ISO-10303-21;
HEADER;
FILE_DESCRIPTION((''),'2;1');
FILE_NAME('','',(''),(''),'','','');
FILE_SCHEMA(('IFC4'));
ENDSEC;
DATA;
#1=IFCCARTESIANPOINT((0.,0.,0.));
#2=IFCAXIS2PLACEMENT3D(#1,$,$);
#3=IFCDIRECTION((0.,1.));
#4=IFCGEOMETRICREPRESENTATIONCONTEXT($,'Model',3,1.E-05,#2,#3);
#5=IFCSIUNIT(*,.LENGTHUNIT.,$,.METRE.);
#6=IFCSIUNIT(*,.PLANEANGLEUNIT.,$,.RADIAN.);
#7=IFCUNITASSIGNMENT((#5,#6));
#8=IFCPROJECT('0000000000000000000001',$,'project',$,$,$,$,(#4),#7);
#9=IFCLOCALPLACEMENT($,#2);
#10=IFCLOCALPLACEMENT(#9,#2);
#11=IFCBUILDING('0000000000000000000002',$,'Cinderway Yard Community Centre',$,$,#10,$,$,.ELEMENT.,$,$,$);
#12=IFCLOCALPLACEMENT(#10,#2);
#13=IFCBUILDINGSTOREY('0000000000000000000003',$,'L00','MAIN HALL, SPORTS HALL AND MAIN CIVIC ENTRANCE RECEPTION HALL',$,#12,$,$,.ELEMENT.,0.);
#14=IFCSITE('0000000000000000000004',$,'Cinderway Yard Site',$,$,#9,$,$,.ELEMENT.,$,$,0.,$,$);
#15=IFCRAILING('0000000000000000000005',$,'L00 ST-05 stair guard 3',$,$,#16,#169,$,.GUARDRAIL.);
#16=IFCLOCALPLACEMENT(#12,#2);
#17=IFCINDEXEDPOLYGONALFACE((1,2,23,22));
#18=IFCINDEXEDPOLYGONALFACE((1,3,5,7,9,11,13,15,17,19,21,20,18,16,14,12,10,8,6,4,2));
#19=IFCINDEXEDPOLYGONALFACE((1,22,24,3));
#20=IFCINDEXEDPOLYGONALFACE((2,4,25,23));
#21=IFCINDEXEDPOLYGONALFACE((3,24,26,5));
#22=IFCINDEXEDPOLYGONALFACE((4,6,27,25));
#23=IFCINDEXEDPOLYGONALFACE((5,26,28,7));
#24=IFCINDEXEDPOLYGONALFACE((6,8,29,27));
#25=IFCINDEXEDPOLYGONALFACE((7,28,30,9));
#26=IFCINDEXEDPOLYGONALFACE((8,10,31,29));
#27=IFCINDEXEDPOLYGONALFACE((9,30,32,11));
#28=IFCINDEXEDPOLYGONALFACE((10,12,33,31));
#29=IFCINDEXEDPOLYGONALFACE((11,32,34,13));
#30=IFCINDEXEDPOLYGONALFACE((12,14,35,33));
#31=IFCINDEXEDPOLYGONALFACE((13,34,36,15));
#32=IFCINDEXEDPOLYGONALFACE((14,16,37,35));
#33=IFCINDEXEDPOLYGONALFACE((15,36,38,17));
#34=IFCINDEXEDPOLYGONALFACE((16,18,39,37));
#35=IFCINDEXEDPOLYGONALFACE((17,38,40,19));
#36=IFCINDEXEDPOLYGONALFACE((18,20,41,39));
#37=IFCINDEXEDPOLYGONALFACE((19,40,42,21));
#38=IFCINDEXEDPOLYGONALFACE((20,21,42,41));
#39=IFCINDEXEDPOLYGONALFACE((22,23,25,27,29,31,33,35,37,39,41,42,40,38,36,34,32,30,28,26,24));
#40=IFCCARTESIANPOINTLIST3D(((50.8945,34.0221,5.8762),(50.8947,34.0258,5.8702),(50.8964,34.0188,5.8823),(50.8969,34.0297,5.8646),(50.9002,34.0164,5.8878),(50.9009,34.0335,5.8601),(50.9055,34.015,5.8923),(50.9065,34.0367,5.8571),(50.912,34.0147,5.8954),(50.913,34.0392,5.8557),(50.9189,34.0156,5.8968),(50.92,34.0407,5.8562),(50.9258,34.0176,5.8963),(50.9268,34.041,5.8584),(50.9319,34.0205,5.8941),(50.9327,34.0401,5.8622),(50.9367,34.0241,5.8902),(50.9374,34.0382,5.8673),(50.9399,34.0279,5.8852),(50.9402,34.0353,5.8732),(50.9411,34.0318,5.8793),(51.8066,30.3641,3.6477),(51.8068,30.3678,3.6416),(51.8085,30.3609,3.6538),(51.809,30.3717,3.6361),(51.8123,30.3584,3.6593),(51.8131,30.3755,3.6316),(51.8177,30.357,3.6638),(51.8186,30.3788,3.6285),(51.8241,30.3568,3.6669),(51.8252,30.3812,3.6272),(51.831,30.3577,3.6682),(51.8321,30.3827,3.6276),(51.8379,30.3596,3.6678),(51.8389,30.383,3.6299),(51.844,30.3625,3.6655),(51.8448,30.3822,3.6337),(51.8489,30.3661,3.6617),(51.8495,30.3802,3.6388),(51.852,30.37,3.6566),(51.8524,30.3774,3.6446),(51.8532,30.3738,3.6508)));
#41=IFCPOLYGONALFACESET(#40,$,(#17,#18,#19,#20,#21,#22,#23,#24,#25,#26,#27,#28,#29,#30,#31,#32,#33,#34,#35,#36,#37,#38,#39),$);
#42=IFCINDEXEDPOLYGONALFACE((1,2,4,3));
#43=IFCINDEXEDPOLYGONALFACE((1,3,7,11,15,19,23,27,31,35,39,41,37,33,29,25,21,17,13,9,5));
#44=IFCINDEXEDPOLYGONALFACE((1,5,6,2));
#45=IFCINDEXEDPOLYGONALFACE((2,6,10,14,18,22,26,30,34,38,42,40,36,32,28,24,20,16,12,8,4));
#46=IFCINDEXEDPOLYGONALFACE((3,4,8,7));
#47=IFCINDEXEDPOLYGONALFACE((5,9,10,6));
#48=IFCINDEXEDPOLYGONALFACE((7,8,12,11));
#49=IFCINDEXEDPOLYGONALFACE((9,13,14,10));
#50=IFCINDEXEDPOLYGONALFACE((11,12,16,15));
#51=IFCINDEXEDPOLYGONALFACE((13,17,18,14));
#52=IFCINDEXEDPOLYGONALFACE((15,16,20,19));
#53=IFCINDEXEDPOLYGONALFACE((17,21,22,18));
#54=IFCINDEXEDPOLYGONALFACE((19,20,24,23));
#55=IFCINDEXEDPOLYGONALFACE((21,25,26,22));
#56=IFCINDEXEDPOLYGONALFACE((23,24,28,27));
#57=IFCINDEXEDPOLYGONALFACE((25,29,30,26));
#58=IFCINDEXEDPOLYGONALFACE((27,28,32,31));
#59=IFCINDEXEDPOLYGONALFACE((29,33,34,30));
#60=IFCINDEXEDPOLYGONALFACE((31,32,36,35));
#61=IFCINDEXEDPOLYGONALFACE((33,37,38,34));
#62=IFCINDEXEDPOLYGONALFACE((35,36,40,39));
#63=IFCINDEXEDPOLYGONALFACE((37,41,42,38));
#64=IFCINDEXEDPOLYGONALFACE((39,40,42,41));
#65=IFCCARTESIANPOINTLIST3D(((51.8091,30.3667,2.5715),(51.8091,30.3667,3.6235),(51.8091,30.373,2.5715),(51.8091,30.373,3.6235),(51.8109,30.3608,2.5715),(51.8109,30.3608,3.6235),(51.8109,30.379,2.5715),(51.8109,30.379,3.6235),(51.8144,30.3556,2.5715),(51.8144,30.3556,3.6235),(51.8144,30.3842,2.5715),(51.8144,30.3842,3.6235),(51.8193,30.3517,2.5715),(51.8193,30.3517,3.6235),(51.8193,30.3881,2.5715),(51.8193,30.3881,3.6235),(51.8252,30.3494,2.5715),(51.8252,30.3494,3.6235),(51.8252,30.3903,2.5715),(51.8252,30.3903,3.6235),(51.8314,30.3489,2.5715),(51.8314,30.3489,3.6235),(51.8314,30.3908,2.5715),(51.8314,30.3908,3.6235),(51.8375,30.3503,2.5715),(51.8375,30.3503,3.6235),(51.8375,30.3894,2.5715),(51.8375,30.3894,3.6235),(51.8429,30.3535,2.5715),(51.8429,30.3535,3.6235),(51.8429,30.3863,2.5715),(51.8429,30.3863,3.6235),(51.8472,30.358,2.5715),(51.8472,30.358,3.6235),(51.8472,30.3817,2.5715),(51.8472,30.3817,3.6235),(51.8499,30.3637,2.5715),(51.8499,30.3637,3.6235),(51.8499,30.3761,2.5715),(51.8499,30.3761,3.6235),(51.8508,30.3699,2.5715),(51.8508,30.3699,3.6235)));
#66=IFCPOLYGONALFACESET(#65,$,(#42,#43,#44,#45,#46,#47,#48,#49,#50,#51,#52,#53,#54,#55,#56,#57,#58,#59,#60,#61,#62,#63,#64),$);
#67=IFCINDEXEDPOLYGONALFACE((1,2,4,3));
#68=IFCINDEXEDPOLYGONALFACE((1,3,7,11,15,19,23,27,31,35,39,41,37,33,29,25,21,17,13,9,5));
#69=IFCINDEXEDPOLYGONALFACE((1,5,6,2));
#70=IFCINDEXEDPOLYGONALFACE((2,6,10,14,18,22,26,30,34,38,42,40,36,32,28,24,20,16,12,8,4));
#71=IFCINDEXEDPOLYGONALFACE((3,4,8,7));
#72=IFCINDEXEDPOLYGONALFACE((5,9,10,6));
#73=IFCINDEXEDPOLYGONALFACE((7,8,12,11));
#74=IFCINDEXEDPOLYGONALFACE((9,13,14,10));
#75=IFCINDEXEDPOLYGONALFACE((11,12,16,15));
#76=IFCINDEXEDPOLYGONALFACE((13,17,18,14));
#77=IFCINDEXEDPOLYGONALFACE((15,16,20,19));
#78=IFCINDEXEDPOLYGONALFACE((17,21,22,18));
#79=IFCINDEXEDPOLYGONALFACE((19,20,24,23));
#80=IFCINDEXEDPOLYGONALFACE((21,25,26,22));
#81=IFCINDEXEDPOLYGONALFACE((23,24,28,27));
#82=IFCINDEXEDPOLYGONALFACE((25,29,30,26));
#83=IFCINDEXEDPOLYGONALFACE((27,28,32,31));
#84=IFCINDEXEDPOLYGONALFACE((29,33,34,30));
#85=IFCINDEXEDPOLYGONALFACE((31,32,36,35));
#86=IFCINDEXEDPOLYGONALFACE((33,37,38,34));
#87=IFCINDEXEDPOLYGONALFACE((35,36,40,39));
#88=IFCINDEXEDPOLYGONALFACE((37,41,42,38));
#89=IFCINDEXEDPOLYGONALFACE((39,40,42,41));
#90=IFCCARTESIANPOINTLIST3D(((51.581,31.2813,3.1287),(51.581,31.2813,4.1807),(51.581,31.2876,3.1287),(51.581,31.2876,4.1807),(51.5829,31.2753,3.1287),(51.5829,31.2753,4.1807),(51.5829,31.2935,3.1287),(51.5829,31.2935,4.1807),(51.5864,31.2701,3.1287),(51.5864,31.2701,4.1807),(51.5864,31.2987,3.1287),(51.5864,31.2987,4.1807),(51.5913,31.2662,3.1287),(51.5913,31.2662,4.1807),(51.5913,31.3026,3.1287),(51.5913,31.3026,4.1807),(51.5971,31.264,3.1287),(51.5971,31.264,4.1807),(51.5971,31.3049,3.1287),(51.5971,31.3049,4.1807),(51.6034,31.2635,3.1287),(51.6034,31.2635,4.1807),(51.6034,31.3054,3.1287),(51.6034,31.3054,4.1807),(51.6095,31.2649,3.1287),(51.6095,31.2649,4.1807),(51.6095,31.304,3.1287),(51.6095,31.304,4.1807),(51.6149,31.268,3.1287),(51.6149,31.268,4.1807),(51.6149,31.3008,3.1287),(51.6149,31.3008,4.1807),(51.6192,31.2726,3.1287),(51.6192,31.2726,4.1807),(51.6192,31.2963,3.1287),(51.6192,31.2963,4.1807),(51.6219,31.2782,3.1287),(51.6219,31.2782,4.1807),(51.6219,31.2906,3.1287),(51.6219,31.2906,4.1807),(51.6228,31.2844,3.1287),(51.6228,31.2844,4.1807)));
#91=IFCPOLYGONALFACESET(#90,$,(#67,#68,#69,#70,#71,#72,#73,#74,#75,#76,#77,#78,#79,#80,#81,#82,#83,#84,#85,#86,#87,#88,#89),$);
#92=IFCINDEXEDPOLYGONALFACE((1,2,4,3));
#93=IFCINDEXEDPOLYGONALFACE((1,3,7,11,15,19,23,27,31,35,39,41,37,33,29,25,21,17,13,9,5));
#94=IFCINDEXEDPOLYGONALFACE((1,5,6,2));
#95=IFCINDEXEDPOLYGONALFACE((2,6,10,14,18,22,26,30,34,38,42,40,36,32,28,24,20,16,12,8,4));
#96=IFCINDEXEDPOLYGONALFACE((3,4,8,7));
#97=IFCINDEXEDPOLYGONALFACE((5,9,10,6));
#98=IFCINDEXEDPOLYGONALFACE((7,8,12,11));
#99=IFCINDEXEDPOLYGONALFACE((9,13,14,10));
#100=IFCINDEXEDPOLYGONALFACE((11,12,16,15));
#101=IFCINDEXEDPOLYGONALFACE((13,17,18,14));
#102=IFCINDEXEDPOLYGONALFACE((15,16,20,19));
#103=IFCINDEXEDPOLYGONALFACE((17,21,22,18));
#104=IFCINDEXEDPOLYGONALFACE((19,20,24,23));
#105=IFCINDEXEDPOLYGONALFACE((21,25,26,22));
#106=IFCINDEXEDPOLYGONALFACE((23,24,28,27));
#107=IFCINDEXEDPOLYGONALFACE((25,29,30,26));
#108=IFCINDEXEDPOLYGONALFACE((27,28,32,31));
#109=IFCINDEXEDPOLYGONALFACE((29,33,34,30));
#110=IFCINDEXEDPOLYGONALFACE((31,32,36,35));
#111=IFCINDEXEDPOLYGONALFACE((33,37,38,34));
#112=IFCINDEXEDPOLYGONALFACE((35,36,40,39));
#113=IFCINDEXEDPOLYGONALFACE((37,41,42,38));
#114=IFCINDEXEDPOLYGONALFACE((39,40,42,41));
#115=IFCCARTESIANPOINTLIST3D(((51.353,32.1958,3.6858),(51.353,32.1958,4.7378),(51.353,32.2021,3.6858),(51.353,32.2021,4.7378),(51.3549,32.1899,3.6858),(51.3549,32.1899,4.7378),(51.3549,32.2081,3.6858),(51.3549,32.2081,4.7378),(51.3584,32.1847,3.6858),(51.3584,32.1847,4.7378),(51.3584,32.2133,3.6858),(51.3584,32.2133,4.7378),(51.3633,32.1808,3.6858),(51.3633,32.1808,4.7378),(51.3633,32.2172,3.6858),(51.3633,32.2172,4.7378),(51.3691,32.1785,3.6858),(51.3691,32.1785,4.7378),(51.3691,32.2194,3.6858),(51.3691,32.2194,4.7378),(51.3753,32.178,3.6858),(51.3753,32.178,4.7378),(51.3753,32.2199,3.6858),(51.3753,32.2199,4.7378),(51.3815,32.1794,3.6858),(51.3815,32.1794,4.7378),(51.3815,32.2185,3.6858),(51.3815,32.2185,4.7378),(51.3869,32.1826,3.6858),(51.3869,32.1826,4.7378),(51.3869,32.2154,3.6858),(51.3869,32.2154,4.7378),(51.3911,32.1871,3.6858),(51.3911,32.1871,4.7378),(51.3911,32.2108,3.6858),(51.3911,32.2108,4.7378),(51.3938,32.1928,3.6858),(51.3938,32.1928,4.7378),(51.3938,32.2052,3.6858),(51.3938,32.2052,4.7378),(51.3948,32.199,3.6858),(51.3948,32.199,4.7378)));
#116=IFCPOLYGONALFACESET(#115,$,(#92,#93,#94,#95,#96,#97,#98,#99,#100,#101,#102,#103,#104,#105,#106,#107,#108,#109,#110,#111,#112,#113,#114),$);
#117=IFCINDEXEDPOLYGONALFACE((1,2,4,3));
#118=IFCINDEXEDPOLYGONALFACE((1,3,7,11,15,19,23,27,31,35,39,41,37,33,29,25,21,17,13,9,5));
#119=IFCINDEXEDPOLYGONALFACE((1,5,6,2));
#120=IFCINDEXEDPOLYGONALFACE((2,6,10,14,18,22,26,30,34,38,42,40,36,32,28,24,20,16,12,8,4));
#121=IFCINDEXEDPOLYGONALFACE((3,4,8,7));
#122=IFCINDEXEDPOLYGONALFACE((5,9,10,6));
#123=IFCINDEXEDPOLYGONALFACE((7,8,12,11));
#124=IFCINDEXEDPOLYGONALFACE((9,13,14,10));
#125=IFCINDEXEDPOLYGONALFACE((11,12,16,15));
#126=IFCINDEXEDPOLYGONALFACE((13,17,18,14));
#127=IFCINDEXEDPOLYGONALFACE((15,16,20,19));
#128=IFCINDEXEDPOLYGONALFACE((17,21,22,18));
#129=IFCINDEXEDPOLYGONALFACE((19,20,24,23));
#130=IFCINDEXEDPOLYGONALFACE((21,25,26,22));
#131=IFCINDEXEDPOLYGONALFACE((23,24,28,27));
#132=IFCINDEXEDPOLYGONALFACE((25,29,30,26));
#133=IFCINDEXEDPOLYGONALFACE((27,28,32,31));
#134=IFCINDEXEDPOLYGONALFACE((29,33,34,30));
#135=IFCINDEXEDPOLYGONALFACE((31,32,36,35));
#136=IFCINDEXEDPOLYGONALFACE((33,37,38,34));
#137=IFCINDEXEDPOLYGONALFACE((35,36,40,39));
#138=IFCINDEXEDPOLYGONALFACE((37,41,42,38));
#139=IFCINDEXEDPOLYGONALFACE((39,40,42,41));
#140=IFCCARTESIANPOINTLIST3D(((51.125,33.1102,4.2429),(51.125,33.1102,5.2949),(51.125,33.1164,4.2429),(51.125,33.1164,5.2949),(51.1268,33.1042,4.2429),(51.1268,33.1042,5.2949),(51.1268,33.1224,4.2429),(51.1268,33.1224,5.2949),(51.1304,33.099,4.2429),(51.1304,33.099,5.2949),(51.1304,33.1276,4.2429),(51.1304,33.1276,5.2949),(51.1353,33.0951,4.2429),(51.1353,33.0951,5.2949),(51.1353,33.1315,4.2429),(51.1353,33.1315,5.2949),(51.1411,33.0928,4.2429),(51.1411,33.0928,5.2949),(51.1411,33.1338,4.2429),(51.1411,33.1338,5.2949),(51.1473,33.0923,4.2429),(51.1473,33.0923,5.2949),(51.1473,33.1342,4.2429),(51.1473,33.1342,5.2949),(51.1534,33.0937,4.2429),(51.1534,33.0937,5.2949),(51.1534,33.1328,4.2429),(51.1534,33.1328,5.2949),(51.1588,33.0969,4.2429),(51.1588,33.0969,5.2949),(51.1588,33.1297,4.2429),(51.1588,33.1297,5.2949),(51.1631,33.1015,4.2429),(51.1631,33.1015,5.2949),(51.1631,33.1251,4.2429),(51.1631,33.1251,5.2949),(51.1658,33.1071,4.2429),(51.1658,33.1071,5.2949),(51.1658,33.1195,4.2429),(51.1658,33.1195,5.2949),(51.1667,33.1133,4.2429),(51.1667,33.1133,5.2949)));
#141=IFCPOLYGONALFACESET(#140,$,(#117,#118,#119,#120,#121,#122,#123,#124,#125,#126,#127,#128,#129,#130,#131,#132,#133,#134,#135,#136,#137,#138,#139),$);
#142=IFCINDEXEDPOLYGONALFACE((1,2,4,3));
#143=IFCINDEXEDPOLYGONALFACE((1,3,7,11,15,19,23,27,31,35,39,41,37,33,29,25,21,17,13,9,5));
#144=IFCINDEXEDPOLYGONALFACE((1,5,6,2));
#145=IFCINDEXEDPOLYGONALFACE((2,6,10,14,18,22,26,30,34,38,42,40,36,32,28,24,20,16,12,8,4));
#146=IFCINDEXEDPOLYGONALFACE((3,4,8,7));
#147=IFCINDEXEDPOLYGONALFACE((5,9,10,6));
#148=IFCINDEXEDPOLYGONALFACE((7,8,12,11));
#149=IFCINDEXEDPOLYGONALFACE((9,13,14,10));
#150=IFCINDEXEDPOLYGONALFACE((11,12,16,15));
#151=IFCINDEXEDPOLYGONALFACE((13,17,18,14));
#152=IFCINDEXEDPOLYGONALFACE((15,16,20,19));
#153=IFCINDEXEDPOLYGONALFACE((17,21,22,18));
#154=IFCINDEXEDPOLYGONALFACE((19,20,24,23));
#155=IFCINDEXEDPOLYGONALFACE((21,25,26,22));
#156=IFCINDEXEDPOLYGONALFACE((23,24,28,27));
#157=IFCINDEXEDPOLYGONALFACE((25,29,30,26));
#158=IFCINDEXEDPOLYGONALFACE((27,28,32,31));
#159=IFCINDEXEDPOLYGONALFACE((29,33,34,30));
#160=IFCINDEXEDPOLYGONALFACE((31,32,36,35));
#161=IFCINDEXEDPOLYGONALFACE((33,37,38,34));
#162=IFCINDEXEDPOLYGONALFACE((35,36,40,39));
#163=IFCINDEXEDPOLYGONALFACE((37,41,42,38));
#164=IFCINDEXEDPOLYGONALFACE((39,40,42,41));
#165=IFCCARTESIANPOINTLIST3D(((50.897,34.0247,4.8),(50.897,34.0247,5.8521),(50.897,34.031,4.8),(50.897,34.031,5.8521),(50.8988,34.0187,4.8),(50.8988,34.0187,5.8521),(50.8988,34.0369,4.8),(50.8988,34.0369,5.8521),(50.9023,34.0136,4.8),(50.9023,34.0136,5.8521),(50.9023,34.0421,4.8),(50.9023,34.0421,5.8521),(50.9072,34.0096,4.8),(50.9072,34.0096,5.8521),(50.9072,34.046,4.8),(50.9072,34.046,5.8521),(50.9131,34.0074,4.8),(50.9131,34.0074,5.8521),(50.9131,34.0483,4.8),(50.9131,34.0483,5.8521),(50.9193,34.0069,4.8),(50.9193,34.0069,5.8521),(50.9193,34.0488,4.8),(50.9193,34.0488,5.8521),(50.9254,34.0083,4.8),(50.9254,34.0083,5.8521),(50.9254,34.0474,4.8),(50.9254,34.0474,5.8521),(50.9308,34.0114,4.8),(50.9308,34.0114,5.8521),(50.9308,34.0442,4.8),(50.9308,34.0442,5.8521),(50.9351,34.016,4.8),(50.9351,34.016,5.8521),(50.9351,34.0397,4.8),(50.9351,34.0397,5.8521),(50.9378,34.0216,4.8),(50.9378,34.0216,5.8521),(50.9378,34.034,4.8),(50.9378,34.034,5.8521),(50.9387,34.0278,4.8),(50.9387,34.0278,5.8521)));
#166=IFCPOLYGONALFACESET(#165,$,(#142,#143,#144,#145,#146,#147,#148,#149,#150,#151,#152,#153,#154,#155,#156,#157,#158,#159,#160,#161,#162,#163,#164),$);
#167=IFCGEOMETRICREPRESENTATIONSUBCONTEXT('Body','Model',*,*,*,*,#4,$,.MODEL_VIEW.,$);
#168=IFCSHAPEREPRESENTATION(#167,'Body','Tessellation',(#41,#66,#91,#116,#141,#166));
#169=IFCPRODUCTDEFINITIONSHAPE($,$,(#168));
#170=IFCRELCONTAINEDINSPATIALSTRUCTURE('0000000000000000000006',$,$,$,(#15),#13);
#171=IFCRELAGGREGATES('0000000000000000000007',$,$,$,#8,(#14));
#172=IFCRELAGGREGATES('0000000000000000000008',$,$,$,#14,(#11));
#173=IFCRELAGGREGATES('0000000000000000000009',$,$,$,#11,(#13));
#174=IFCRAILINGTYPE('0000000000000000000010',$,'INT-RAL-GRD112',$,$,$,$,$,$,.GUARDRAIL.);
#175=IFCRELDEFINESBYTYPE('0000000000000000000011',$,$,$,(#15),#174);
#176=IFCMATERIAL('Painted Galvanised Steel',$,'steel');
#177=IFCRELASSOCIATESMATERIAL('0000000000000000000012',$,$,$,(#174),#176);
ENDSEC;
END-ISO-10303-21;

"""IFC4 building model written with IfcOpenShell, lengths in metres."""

from ifc_helpers import new_model, si_unit, direction, frame, origin, origin_2d, place, context, subcontext, project, spatial, circle, extrude, material, type_object, element, save


model = new_model("IFC4")

# Units and contexts
model_context = context("Model", 3, precision=1e-05, world=origin(), true_north=direction((0.0, 1.0)))
body_context = subcontext(model_context, "Body", "Model", "MODEL_VIEW")
ifc_project = project(units=[si_unit("LENGTHUNIT", "METRE"), si_unit("PLANEANGLEUNIT", "RADIAN")], contexts=[model_context])

# Site, building, storey
site_placement = place(None, origin())
site = spatial("IfcSite", under=ifc_project, at=site_placement, Name="Cinderway Yard Site", CompositionType="ELEMENT", RefElevation=0.0)
building_placement = place(site_placement, origin())
building = spatial("IfcBuilding", under=site, at=building_placement, Name="Cinderway Yard Community Centre", CompositionType="ELEMENT")
storey_placement = place(building_placement, origin())
storey = spatial("IfcBuildingStorey", under=building, at=storey_placement, Name="L00", Description="MAIN HALL, SPORTS HALL AND MAIN CIVIC ENTRANCE RECEPTION HALL", CompositionType="ELEMENT", Elevation=0.0)

# Railing
ifc_material_1 = material(Name="Painted Galvanised Steel", Category="steel")
railing_type_1 = type_object("IfcRailingType", Name="INT-RAL-GRD112", PredefinedType="GUARDRAIL", material=ifc_material_1)
railing_1_placement = place(storey_placement, frame((51.8298, 30.3699, 2.5715)))
element("IfcRailing", 1, at=railing_1_placement, inside=storey, type_object=railing_type_1, Name="L00 ST-05 stair guard 3", PredefinedType="GUARDRAIL", context=body_context, shape_type="SweptSolid", body=[
    extrude(circle(Radius=0.0239, at=origin_2d()), frame((0.0, 0.0, 1.0762), z_axis=(-0.208274, 0.83527, 0.508867), x_axis=(-0.970291, -0.241941, 0.0)), (0.0, 0.0, 1.0), 4.3794),
    extrude(circle(Radius=0.021, at=origin_2d()), origin(), (0.0, 0.0, 1.0), 1.052),
    extrude(circle(Radius=0.021, at=origin_2d()), frame((-0.228, 0.9146, 0.5571)), (0.0, 0.0, 1.0), 1.052),
    extrude(circle(Radius=0.021, at=origin_2d()), frame((-0.4561, 1.8291, 1.1143)), (0.0, 0.0, 1.0), 1.052),
    extrude(circle(Radius=0.021, at=origin_2d()), frame((-0.6841, 2.7434, 1.6714)), (0.0, 0.0, 1.0), 1.052),
    extrude(circle(Radius=0.021, at=origin_2d()), frame((-0.9121, 3.658, 2.2285)), (0.0, 0.0, 1.0), 1.052),
])

save(model, "model.ifc")
